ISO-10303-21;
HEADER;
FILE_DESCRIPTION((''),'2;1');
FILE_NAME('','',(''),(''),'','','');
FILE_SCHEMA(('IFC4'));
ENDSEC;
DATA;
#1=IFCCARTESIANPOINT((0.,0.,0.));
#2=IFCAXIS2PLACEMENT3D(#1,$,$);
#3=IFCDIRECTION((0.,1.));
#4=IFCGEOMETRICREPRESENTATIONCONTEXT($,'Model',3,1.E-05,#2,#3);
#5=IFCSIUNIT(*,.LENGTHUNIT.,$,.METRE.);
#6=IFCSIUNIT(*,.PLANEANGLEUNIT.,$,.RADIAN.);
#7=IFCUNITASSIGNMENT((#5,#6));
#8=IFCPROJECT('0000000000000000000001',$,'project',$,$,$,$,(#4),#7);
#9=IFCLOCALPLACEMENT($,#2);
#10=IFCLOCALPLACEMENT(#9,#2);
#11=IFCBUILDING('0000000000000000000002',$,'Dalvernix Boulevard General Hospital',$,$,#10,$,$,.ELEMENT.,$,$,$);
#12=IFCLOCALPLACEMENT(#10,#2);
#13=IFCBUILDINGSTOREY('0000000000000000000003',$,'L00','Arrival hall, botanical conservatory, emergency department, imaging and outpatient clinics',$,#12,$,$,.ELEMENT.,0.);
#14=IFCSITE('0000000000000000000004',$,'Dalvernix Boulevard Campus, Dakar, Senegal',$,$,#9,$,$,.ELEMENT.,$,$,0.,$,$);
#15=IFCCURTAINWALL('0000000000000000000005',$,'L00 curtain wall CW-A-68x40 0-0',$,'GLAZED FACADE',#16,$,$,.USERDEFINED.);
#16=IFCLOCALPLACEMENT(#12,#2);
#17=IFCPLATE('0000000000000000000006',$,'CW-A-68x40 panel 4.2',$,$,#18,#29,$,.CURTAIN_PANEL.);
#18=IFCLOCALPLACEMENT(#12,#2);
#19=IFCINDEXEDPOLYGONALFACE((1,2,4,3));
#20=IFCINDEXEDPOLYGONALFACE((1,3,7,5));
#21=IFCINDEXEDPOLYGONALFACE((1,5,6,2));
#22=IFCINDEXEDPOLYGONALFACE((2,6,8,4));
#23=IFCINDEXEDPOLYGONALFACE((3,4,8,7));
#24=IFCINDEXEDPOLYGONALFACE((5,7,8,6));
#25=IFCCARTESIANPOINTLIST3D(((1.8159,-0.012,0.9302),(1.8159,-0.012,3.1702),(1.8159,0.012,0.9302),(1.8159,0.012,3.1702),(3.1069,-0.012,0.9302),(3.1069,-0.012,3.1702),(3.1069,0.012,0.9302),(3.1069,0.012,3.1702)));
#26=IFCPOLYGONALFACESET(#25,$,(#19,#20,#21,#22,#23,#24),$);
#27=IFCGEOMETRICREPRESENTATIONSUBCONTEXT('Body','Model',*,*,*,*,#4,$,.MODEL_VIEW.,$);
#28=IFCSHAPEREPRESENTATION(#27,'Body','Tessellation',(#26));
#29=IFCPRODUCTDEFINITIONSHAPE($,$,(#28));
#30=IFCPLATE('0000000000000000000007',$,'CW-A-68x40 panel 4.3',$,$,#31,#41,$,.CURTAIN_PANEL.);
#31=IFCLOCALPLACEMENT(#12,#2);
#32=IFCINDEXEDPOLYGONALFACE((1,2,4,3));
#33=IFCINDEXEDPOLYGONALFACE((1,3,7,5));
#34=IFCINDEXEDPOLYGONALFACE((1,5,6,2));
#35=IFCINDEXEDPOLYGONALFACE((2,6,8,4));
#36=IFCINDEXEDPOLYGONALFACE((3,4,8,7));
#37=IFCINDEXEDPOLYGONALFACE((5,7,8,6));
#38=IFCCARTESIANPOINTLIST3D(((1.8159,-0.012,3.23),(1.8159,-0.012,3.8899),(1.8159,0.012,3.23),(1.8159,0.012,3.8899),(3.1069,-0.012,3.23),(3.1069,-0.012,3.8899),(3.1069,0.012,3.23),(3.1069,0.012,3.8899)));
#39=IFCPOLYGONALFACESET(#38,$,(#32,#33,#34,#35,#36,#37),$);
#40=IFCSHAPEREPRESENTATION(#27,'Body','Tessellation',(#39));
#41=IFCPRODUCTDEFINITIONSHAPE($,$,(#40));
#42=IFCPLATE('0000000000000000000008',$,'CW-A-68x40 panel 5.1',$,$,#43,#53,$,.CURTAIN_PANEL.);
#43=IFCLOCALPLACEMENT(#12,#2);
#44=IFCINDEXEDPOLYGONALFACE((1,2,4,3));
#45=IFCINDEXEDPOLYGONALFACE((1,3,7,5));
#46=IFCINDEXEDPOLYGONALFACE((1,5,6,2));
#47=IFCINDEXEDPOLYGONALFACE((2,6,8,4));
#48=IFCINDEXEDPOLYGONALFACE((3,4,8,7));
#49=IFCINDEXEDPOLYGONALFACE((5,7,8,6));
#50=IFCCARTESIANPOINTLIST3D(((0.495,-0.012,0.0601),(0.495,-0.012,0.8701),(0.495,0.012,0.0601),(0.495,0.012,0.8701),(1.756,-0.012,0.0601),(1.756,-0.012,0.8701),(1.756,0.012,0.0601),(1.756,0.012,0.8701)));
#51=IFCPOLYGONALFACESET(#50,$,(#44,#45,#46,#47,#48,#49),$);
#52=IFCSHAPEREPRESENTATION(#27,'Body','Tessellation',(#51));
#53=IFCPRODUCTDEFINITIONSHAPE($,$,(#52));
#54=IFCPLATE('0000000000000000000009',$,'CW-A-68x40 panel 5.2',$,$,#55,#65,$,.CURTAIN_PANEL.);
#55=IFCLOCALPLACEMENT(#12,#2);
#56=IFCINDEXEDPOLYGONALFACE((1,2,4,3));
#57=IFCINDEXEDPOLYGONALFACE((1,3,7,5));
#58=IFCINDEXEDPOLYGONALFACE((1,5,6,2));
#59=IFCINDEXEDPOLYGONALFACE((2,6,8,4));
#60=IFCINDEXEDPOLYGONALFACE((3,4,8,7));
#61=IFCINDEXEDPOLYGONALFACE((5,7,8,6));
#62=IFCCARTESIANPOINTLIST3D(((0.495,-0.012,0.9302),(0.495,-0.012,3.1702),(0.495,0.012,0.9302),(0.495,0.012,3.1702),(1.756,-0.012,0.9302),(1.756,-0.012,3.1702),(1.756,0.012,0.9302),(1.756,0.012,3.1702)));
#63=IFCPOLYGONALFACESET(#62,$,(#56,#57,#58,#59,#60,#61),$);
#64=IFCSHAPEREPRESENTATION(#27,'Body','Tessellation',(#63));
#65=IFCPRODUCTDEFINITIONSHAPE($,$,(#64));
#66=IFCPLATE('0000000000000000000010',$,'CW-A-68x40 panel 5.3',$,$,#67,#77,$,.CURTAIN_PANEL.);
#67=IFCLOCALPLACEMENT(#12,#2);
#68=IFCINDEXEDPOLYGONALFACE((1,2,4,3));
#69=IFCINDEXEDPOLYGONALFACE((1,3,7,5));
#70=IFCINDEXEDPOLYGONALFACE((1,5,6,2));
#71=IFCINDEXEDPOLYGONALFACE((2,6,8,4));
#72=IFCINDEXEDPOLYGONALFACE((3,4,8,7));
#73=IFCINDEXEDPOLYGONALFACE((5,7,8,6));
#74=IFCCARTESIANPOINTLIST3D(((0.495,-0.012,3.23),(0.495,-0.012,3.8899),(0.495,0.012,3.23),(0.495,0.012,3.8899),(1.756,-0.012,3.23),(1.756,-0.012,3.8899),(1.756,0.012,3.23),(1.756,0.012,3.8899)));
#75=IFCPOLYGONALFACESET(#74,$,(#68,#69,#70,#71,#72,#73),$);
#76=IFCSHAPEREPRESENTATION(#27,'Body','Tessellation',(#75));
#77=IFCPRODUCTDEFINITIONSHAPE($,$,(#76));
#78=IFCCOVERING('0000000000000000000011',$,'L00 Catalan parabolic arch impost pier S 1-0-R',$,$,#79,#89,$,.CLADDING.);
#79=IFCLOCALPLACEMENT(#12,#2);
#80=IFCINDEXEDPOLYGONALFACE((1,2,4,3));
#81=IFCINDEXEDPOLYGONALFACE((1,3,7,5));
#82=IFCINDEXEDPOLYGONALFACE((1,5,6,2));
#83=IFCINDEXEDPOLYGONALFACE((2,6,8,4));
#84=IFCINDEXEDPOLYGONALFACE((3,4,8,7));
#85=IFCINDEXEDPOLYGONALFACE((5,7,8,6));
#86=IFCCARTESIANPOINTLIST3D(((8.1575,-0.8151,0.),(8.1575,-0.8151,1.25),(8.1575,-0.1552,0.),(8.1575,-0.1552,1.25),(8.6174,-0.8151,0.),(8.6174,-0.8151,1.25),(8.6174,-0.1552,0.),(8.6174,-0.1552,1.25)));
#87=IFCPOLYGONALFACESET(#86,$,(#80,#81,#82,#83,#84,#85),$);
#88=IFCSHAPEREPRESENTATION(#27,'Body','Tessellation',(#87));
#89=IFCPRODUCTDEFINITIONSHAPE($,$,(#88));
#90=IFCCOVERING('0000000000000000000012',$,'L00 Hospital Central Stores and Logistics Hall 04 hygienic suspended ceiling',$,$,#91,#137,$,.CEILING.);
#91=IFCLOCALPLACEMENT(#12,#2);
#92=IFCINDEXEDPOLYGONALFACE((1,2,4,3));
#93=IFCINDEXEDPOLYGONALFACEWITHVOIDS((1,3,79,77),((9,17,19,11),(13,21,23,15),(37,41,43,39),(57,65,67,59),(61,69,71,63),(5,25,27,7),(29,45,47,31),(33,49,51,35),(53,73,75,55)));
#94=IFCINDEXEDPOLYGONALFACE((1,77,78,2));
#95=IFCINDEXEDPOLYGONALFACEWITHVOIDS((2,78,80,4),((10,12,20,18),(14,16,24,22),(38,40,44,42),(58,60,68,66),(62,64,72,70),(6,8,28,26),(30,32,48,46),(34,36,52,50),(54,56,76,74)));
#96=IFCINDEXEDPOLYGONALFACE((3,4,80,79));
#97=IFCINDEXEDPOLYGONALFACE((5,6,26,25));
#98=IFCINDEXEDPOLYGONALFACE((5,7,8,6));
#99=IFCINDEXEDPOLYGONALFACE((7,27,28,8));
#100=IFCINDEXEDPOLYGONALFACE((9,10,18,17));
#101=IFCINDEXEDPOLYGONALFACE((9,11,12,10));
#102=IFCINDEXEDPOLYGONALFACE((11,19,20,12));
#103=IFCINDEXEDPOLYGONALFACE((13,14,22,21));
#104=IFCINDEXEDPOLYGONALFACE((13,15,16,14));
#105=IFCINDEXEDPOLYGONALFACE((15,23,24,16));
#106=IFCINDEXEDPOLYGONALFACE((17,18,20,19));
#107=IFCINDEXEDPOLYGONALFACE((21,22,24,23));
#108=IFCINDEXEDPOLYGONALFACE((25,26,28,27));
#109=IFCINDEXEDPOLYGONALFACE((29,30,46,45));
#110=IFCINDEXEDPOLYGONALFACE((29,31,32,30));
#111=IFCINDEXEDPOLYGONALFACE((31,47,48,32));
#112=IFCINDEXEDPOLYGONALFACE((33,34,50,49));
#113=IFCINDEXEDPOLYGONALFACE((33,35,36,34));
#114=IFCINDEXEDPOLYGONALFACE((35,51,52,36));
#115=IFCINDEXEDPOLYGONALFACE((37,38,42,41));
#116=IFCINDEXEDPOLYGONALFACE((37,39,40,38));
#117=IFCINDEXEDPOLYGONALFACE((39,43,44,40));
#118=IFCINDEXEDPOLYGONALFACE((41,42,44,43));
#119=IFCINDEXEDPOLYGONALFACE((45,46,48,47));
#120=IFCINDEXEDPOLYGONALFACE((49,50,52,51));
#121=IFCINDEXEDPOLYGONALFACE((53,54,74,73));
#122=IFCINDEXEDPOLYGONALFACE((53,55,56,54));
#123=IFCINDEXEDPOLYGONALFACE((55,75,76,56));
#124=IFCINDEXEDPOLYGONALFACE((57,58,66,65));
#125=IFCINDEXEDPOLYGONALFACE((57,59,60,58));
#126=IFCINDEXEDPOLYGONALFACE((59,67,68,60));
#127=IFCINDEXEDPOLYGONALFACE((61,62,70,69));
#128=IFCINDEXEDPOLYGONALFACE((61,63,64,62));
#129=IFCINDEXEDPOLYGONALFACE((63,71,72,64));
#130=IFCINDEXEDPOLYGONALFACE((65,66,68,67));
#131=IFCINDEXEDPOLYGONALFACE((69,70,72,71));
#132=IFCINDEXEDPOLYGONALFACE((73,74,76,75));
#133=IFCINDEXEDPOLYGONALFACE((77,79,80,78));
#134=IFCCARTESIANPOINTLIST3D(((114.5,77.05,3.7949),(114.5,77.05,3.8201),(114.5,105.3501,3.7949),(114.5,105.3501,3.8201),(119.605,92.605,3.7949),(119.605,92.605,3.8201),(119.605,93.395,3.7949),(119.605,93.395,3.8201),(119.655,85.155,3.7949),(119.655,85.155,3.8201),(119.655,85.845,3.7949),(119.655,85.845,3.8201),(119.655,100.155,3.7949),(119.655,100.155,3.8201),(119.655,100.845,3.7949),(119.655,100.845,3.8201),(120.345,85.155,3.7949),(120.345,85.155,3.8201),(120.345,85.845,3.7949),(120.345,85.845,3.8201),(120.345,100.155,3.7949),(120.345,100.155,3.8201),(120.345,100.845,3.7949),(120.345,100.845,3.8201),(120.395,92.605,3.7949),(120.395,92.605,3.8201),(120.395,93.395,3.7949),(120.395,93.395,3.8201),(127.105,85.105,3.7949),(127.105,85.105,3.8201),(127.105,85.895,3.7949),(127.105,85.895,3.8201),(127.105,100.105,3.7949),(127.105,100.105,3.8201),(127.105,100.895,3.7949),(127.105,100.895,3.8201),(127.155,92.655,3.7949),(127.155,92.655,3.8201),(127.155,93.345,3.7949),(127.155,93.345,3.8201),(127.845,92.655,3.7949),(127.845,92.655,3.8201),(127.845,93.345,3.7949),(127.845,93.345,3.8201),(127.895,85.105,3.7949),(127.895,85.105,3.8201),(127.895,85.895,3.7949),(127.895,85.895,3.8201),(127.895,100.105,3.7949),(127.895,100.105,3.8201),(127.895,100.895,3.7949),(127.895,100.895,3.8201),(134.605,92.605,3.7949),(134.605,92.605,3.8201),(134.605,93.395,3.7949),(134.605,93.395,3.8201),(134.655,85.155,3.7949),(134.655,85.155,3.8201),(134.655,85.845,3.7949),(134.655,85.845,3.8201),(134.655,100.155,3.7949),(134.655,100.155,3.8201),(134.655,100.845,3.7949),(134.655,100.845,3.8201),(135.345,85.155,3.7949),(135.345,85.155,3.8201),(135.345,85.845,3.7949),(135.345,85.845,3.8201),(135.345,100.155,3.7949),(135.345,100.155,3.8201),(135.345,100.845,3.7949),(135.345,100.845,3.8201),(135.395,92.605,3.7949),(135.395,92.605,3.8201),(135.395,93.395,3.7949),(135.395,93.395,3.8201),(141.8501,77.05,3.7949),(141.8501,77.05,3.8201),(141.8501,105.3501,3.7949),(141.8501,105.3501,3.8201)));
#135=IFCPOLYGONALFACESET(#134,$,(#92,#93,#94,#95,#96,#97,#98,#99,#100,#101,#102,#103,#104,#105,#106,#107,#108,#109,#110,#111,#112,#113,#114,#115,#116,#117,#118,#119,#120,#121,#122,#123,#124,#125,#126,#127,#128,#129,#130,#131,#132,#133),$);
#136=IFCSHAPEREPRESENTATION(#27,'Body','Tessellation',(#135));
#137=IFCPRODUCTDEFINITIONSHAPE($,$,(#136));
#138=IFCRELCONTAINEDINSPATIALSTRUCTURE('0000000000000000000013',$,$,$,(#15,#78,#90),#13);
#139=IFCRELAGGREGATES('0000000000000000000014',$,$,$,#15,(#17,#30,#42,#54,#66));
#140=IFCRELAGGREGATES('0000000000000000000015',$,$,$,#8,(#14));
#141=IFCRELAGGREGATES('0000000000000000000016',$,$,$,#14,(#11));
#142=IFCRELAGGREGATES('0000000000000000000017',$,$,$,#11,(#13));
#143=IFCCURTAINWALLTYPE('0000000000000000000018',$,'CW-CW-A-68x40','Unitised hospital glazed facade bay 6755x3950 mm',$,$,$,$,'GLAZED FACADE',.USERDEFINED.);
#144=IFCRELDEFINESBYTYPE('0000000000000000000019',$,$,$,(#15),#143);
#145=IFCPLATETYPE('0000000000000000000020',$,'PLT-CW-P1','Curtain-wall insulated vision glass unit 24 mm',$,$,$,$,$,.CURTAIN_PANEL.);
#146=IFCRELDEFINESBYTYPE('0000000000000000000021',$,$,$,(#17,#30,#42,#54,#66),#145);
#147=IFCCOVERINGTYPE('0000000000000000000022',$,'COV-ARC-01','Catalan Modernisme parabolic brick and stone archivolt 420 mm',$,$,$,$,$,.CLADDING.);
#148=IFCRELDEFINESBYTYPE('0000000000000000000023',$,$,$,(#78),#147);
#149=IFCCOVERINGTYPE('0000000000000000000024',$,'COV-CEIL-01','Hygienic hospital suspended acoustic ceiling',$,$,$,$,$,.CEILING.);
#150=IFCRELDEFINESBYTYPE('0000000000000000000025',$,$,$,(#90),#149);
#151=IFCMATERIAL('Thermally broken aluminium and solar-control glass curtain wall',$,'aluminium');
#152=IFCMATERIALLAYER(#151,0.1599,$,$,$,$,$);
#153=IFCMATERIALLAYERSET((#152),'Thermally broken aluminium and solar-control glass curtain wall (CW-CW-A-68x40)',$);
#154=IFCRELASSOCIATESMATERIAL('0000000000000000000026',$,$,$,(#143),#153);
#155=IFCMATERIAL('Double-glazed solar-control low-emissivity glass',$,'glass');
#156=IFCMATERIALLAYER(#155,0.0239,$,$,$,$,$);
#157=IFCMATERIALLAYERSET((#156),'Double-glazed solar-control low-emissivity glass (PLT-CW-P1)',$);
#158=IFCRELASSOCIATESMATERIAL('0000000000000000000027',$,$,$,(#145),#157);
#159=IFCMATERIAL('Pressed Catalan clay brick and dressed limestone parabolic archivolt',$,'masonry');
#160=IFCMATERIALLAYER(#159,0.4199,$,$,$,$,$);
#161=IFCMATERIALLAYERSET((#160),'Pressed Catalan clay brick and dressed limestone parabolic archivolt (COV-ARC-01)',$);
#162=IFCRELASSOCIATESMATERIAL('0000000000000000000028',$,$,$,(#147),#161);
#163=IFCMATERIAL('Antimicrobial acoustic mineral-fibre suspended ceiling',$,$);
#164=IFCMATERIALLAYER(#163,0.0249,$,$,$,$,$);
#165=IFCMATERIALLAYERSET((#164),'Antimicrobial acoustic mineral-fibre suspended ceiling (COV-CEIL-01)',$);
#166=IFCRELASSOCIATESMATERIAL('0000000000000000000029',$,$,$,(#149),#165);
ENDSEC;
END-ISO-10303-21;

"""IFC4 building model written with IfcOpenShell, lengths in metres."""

from ifc_helpers import new_model, si_unit, direction, frame, origin, origin_2d, place, context, subcontext, project, spatial, polyline, rectangle, outline, extrude, material, layer, layer_set, type_object, element, aggregate, save


model = new_model("IFC4")

# Units and contexts
model_context = context("Model", 3, precision=1e-05, world=origin(), true_north=direction((0.0, 1.0)))
body_context = subcontext(model_context, "Body", "Model", "MODEL_VIEW")
ifc_project = project(units=[si_unit("LENGTHUNIT", "METRE"), si_unit("PLANEANGLEUNIT", "RADIAN")], contexts=[model_context])

# Site, building, storey
site_placement = place(None, origin())
site = spatial("IfcSite", under=ifc_project, at=site_placement, Name="Dalvernix Boulevard Campus, Dakar, Senegal", CompositionType="ELEMENT", RefElevation=0.0)
building_placement = place(site_placement, origin())
building = spatial("IfcBuilding", under=site, at=building_placement, Name="Dalvernix Boulevard General Hospital", CompositionType="ELEMENT")
storey_placement = place(building_placement, origin())
storey = spatial("IfcBuildingStorey", under=building, at=storey_placement, Name="L00", Description="Arrival hall, botanical conservatory, emergency department, imaging and outpatient clinics", CompositionType="ELEMENT", Elevation=0.0)

# Curtain wall, plates
ifc_material_1 = material(Name="Thermally broken aluminium and solar-control glass curtain wall", Category="aluminium")
ifc_layer_1 = layer(ifc_material_1, 0.1599)
ifc_layer_set_1 = layer_set([ifc_layer_1], Name="Thermally broken aluminium and solar-control glass curtain wall (CW-CW-A-68x40)")
curtain_wall_type = type_object("IfcCurtainWallType", Name="CW-CW-A-68x40", Description="Unitised hospital glazed facade bay 6755x3950 mm", ElementType="GLAZED FACADE", PredefinedType="USERDEFINED", material=ifc_layer_set_1)
curtain_wall_placement = place(storey_placement, origin())
curtain_wall = element("IfcCurtainWall", 1, at=curtain_wall_placement, inside=storey, type_object=curtain_wall_type, Name="L00 curtain wall CW-A-68x40 0-0", ObjectType="GLAZED FACADE", PredefinedType="USERDEFINED")
ifc_material_2 = material(Name="Double-glazed solar-control low-emissivity glass", Category="glass")
ifc_layer_2 = layer(ifc_material_2, 0.0239)
ifc_layer_set_2 = layer_set([ifc_layer_2], Name="Double-glazed solar-control low-emissivity glass (PLT-CW-P1)")
plate_type = type_object("IfcPlateType", Name="PLT-CW-P1", Description="Curtain-wall insulated vision glass unit 24 mm", PredefinedType="CURTAIN_PANEL", material=ifc_layer_set_2)
plate_1_placement = place(storey_placement, frame((2.4614, 0.0, 0.9302), z_axis=(0.0, 0.0, 1.0), x_axis=(-1.0, 0.0, 0.0)))
plate_1 = element("IfcPlate", 2, at=plate_1_placement, type_object=plate_type, Name="CW-A-68x40 panel 4.2", PredefinedType="CURTAIN_PANEL", context=body_context, shape_type="SweptSolid", body=[
    extrude(rectangle(XDim=1.291, YDim=0.0239, at=origin_2d()), origin(), (0.0, 0.0, 1.0), 2.24),
])
plate_2_placement = place(storey_placement, frame((2.4614, 0.0, 3.23), z_axis=(0.0, 0.0, 1.0), x_axis=(-1.0, 0.0, 0.0)))
plate_2 = element("IfcPlate", 3, at=plate_2_placement, type_object=plate_type, Name="CW-A-68x40 panel 4.3", PredefinedType="CURTAIN_PANEL", context=body_context, shape_type="SweptSolid", body=[
    extrude(rectangle(XDim=1.291, YDim=0.0239, at=origin_2d()), origin(), (0.0, 0.0, 1.0), 0.6599),
])
plate_3_placement = place(storey_placement, frame((1.1255, 0.0, 0.0601), z_axis=(0.0, 0.0, 1.0), x_axis=(-1.0, 0.0, 0.0)))
plate_3 = element("IfcPlate", 4, at=plate_3_placement, type_object=plate_type, Name="CW-A-68x40 panel 5.1", PredefinedType="CURTAIN_PANEL", context=body_context, shape_type="SweptSolid", body=[
    extrude(rectangle(XDim=1.261, YDim=0.0239, at=origin_2d()), origin(), (0.0, 0.0, 1.0), 0.8101),
])
plate_4_placement = place(storey_placement, frame((1.1255, 0.0, 0.9302), z_axis=(0.0, 0.0, 1.0), x_axis=(-1.0, 0.0, 0.0)))
plate_4 = element("IfcPlate", 5, at=plate_4_placement, type_object=plate_type, Name="CW-A-68x40 panel 5.2", PredefinedType="CURTAIN_PANEL", context=body_context, shape_type="SweptSolid", body=[
    extrude(rectangle(XDim=1.261, YDim=0.0239, at=origin_2d()), origin(), (0.0, 0.0, 1.0), 2.24),
])
plate_5_placement = place(storey_placement, frame((1.1255, 0.0, 3.23), z_axis=(0.0, 0.0, 1.0), x_axis=(-1.0, 0.0, 0.0)))
plate_5 = element("IfcPlate", 6, at=plate_5_placement, type_object=plate_type, Name="CW-A-68x40 panel 5.3", PredefinedType="CURTAIN_PANEL", context=body_context, shape_type="SweptSolid", body=[
    extrude(rectangle(XDim=1.261, YDim=0.0239, at=origin_2d()), origin(), (0.0, 0.0, 1.0), 0.6599),
])
aggregate(curtain_wall, [plate_1, plate_2, plate_3, plate_4, plate_5])

# Coverings
ifc_material_3 = material(Name="Pressed Catalan clay brick and dressed limestone parabolic archivolt", Category="masonry")
ifc_layer_3 = layer(ifc_material_3, 0.4199)
ifc_layer_set_3 = layer_set([ifc_layer_3], Name="Pressed Catalan clay brick and dressed limestone parabolic archivolt (COV-ARC-01)")
covering_type_1 = type_object("IfcCoveringType", Name="COV-ARC-01", Description="Catalan Modernisme parabolic brick and stone archivolt 420 mm", PredefinedType="CLADDING", material=ifc_layer_set_3)
covering_1_placement = place(storey_placement, frame((8.3875, -0.4851, 0.0), z_axis=(0.0, 0.0, 1.0), x_axis=(-1.0, 0.0, 0.0)))
element("IfcCovering", 7, at=covering_1_placement, inside=storey, type_object=covering_type_1, Name="L00 Catalan parabolic arch impost pier S 1-0-R", PredefinedType="CLADDING", context=body_context, shape_type="SweptSolid", body=[
    extrude(rectangle(XDim=0.46, YDim=0.6599, at=origin_2d()), origin(), (0.0, 0.0, 1.0), 1.25),
])
ifc_material_4 = material(Name="Antimicrobial acoustic mineral-fibre suspended ceiling")
ifc_layer_4 = layer(ifc_material_4, 0.0249)
ifc_layer_set_4 = layer_set([ifc_layer_4], Name="Antimicrobial acoustic mineral-fibre suspended ceiling (COV-CEIL-01)")
covering_type_2 = type_object("IfcCoveringType", Name="COV-CEIL-01", Description="Hygienic hospital suspended acoustic ceiling", PredefinedType="CEILING", material=ifc_layer_set_4)
covering_2_placement = place(storey_placement, frame((0.0, 0.0, 3.7949)))
element("IfcCovering", 8, at=covering_2_placement, inside=storey, type_object=covering_type_2, Name="L00 Hospital Central Stores and Logistics Hall 04 hygienic suspended ceiling", PredefinedType="CEILING", context=body_context, shape_type="SweptSolid", body=[
    extrude(outline(polyline([(114.5, 77.05), (114.5, 105.3501), (141.8501, 105.3501), (141.8501, 77.05), (114.5, 77.05)]), holes=[polyline([(120.345, 85.845), (119.655, 85.845), (119.655, 85.155), (120.345, 85.155), (120.345, 85.845)]), polyline([(120.395, 92.605), (120.395, 93.395), (119.605, 93.395), (119.605, 92.605), (120.395, 92.605)]), polyline([(119.655, 100.155), (120.345, 100.155), (120.345, 100.845), (119.655, 100.845), (119.655, 100.155)]), polyline([(127.105, 85.895), (127.105, 85.105), (127.895, 85.105), (127.895, 85.895), (127.105, 85.895)]), polyline([(127.845, 93.345), (127.155, 93.345), (127.155, 92.655), (127.845, 92.655), (127.845, 93.345)]), polyline([(127.895, 100.105), (127.895, 100.895), (127.105, 100.895), (127.105, 100.105), (127.895, 100.105)]), polyline([(134.655, 85.155), (135.345, 85.155), (135.345, 85.845), (134.655, 85.845), (134.655, 85.155)]), polyline([(134.605, 93.395), (134.605, 92.605), (135.395, 92.605), (135.395, 93.395), (134.605, 93.395)]), polyline([(135.345, 100.845), (134.655, 100.845), (134.655, 100.155), (135.345, 100.155), (135.345, 100.845)])]), origin(), (0.0, 0.0, 1.0), 0.0251),
])

save(model, "model.ifc")
